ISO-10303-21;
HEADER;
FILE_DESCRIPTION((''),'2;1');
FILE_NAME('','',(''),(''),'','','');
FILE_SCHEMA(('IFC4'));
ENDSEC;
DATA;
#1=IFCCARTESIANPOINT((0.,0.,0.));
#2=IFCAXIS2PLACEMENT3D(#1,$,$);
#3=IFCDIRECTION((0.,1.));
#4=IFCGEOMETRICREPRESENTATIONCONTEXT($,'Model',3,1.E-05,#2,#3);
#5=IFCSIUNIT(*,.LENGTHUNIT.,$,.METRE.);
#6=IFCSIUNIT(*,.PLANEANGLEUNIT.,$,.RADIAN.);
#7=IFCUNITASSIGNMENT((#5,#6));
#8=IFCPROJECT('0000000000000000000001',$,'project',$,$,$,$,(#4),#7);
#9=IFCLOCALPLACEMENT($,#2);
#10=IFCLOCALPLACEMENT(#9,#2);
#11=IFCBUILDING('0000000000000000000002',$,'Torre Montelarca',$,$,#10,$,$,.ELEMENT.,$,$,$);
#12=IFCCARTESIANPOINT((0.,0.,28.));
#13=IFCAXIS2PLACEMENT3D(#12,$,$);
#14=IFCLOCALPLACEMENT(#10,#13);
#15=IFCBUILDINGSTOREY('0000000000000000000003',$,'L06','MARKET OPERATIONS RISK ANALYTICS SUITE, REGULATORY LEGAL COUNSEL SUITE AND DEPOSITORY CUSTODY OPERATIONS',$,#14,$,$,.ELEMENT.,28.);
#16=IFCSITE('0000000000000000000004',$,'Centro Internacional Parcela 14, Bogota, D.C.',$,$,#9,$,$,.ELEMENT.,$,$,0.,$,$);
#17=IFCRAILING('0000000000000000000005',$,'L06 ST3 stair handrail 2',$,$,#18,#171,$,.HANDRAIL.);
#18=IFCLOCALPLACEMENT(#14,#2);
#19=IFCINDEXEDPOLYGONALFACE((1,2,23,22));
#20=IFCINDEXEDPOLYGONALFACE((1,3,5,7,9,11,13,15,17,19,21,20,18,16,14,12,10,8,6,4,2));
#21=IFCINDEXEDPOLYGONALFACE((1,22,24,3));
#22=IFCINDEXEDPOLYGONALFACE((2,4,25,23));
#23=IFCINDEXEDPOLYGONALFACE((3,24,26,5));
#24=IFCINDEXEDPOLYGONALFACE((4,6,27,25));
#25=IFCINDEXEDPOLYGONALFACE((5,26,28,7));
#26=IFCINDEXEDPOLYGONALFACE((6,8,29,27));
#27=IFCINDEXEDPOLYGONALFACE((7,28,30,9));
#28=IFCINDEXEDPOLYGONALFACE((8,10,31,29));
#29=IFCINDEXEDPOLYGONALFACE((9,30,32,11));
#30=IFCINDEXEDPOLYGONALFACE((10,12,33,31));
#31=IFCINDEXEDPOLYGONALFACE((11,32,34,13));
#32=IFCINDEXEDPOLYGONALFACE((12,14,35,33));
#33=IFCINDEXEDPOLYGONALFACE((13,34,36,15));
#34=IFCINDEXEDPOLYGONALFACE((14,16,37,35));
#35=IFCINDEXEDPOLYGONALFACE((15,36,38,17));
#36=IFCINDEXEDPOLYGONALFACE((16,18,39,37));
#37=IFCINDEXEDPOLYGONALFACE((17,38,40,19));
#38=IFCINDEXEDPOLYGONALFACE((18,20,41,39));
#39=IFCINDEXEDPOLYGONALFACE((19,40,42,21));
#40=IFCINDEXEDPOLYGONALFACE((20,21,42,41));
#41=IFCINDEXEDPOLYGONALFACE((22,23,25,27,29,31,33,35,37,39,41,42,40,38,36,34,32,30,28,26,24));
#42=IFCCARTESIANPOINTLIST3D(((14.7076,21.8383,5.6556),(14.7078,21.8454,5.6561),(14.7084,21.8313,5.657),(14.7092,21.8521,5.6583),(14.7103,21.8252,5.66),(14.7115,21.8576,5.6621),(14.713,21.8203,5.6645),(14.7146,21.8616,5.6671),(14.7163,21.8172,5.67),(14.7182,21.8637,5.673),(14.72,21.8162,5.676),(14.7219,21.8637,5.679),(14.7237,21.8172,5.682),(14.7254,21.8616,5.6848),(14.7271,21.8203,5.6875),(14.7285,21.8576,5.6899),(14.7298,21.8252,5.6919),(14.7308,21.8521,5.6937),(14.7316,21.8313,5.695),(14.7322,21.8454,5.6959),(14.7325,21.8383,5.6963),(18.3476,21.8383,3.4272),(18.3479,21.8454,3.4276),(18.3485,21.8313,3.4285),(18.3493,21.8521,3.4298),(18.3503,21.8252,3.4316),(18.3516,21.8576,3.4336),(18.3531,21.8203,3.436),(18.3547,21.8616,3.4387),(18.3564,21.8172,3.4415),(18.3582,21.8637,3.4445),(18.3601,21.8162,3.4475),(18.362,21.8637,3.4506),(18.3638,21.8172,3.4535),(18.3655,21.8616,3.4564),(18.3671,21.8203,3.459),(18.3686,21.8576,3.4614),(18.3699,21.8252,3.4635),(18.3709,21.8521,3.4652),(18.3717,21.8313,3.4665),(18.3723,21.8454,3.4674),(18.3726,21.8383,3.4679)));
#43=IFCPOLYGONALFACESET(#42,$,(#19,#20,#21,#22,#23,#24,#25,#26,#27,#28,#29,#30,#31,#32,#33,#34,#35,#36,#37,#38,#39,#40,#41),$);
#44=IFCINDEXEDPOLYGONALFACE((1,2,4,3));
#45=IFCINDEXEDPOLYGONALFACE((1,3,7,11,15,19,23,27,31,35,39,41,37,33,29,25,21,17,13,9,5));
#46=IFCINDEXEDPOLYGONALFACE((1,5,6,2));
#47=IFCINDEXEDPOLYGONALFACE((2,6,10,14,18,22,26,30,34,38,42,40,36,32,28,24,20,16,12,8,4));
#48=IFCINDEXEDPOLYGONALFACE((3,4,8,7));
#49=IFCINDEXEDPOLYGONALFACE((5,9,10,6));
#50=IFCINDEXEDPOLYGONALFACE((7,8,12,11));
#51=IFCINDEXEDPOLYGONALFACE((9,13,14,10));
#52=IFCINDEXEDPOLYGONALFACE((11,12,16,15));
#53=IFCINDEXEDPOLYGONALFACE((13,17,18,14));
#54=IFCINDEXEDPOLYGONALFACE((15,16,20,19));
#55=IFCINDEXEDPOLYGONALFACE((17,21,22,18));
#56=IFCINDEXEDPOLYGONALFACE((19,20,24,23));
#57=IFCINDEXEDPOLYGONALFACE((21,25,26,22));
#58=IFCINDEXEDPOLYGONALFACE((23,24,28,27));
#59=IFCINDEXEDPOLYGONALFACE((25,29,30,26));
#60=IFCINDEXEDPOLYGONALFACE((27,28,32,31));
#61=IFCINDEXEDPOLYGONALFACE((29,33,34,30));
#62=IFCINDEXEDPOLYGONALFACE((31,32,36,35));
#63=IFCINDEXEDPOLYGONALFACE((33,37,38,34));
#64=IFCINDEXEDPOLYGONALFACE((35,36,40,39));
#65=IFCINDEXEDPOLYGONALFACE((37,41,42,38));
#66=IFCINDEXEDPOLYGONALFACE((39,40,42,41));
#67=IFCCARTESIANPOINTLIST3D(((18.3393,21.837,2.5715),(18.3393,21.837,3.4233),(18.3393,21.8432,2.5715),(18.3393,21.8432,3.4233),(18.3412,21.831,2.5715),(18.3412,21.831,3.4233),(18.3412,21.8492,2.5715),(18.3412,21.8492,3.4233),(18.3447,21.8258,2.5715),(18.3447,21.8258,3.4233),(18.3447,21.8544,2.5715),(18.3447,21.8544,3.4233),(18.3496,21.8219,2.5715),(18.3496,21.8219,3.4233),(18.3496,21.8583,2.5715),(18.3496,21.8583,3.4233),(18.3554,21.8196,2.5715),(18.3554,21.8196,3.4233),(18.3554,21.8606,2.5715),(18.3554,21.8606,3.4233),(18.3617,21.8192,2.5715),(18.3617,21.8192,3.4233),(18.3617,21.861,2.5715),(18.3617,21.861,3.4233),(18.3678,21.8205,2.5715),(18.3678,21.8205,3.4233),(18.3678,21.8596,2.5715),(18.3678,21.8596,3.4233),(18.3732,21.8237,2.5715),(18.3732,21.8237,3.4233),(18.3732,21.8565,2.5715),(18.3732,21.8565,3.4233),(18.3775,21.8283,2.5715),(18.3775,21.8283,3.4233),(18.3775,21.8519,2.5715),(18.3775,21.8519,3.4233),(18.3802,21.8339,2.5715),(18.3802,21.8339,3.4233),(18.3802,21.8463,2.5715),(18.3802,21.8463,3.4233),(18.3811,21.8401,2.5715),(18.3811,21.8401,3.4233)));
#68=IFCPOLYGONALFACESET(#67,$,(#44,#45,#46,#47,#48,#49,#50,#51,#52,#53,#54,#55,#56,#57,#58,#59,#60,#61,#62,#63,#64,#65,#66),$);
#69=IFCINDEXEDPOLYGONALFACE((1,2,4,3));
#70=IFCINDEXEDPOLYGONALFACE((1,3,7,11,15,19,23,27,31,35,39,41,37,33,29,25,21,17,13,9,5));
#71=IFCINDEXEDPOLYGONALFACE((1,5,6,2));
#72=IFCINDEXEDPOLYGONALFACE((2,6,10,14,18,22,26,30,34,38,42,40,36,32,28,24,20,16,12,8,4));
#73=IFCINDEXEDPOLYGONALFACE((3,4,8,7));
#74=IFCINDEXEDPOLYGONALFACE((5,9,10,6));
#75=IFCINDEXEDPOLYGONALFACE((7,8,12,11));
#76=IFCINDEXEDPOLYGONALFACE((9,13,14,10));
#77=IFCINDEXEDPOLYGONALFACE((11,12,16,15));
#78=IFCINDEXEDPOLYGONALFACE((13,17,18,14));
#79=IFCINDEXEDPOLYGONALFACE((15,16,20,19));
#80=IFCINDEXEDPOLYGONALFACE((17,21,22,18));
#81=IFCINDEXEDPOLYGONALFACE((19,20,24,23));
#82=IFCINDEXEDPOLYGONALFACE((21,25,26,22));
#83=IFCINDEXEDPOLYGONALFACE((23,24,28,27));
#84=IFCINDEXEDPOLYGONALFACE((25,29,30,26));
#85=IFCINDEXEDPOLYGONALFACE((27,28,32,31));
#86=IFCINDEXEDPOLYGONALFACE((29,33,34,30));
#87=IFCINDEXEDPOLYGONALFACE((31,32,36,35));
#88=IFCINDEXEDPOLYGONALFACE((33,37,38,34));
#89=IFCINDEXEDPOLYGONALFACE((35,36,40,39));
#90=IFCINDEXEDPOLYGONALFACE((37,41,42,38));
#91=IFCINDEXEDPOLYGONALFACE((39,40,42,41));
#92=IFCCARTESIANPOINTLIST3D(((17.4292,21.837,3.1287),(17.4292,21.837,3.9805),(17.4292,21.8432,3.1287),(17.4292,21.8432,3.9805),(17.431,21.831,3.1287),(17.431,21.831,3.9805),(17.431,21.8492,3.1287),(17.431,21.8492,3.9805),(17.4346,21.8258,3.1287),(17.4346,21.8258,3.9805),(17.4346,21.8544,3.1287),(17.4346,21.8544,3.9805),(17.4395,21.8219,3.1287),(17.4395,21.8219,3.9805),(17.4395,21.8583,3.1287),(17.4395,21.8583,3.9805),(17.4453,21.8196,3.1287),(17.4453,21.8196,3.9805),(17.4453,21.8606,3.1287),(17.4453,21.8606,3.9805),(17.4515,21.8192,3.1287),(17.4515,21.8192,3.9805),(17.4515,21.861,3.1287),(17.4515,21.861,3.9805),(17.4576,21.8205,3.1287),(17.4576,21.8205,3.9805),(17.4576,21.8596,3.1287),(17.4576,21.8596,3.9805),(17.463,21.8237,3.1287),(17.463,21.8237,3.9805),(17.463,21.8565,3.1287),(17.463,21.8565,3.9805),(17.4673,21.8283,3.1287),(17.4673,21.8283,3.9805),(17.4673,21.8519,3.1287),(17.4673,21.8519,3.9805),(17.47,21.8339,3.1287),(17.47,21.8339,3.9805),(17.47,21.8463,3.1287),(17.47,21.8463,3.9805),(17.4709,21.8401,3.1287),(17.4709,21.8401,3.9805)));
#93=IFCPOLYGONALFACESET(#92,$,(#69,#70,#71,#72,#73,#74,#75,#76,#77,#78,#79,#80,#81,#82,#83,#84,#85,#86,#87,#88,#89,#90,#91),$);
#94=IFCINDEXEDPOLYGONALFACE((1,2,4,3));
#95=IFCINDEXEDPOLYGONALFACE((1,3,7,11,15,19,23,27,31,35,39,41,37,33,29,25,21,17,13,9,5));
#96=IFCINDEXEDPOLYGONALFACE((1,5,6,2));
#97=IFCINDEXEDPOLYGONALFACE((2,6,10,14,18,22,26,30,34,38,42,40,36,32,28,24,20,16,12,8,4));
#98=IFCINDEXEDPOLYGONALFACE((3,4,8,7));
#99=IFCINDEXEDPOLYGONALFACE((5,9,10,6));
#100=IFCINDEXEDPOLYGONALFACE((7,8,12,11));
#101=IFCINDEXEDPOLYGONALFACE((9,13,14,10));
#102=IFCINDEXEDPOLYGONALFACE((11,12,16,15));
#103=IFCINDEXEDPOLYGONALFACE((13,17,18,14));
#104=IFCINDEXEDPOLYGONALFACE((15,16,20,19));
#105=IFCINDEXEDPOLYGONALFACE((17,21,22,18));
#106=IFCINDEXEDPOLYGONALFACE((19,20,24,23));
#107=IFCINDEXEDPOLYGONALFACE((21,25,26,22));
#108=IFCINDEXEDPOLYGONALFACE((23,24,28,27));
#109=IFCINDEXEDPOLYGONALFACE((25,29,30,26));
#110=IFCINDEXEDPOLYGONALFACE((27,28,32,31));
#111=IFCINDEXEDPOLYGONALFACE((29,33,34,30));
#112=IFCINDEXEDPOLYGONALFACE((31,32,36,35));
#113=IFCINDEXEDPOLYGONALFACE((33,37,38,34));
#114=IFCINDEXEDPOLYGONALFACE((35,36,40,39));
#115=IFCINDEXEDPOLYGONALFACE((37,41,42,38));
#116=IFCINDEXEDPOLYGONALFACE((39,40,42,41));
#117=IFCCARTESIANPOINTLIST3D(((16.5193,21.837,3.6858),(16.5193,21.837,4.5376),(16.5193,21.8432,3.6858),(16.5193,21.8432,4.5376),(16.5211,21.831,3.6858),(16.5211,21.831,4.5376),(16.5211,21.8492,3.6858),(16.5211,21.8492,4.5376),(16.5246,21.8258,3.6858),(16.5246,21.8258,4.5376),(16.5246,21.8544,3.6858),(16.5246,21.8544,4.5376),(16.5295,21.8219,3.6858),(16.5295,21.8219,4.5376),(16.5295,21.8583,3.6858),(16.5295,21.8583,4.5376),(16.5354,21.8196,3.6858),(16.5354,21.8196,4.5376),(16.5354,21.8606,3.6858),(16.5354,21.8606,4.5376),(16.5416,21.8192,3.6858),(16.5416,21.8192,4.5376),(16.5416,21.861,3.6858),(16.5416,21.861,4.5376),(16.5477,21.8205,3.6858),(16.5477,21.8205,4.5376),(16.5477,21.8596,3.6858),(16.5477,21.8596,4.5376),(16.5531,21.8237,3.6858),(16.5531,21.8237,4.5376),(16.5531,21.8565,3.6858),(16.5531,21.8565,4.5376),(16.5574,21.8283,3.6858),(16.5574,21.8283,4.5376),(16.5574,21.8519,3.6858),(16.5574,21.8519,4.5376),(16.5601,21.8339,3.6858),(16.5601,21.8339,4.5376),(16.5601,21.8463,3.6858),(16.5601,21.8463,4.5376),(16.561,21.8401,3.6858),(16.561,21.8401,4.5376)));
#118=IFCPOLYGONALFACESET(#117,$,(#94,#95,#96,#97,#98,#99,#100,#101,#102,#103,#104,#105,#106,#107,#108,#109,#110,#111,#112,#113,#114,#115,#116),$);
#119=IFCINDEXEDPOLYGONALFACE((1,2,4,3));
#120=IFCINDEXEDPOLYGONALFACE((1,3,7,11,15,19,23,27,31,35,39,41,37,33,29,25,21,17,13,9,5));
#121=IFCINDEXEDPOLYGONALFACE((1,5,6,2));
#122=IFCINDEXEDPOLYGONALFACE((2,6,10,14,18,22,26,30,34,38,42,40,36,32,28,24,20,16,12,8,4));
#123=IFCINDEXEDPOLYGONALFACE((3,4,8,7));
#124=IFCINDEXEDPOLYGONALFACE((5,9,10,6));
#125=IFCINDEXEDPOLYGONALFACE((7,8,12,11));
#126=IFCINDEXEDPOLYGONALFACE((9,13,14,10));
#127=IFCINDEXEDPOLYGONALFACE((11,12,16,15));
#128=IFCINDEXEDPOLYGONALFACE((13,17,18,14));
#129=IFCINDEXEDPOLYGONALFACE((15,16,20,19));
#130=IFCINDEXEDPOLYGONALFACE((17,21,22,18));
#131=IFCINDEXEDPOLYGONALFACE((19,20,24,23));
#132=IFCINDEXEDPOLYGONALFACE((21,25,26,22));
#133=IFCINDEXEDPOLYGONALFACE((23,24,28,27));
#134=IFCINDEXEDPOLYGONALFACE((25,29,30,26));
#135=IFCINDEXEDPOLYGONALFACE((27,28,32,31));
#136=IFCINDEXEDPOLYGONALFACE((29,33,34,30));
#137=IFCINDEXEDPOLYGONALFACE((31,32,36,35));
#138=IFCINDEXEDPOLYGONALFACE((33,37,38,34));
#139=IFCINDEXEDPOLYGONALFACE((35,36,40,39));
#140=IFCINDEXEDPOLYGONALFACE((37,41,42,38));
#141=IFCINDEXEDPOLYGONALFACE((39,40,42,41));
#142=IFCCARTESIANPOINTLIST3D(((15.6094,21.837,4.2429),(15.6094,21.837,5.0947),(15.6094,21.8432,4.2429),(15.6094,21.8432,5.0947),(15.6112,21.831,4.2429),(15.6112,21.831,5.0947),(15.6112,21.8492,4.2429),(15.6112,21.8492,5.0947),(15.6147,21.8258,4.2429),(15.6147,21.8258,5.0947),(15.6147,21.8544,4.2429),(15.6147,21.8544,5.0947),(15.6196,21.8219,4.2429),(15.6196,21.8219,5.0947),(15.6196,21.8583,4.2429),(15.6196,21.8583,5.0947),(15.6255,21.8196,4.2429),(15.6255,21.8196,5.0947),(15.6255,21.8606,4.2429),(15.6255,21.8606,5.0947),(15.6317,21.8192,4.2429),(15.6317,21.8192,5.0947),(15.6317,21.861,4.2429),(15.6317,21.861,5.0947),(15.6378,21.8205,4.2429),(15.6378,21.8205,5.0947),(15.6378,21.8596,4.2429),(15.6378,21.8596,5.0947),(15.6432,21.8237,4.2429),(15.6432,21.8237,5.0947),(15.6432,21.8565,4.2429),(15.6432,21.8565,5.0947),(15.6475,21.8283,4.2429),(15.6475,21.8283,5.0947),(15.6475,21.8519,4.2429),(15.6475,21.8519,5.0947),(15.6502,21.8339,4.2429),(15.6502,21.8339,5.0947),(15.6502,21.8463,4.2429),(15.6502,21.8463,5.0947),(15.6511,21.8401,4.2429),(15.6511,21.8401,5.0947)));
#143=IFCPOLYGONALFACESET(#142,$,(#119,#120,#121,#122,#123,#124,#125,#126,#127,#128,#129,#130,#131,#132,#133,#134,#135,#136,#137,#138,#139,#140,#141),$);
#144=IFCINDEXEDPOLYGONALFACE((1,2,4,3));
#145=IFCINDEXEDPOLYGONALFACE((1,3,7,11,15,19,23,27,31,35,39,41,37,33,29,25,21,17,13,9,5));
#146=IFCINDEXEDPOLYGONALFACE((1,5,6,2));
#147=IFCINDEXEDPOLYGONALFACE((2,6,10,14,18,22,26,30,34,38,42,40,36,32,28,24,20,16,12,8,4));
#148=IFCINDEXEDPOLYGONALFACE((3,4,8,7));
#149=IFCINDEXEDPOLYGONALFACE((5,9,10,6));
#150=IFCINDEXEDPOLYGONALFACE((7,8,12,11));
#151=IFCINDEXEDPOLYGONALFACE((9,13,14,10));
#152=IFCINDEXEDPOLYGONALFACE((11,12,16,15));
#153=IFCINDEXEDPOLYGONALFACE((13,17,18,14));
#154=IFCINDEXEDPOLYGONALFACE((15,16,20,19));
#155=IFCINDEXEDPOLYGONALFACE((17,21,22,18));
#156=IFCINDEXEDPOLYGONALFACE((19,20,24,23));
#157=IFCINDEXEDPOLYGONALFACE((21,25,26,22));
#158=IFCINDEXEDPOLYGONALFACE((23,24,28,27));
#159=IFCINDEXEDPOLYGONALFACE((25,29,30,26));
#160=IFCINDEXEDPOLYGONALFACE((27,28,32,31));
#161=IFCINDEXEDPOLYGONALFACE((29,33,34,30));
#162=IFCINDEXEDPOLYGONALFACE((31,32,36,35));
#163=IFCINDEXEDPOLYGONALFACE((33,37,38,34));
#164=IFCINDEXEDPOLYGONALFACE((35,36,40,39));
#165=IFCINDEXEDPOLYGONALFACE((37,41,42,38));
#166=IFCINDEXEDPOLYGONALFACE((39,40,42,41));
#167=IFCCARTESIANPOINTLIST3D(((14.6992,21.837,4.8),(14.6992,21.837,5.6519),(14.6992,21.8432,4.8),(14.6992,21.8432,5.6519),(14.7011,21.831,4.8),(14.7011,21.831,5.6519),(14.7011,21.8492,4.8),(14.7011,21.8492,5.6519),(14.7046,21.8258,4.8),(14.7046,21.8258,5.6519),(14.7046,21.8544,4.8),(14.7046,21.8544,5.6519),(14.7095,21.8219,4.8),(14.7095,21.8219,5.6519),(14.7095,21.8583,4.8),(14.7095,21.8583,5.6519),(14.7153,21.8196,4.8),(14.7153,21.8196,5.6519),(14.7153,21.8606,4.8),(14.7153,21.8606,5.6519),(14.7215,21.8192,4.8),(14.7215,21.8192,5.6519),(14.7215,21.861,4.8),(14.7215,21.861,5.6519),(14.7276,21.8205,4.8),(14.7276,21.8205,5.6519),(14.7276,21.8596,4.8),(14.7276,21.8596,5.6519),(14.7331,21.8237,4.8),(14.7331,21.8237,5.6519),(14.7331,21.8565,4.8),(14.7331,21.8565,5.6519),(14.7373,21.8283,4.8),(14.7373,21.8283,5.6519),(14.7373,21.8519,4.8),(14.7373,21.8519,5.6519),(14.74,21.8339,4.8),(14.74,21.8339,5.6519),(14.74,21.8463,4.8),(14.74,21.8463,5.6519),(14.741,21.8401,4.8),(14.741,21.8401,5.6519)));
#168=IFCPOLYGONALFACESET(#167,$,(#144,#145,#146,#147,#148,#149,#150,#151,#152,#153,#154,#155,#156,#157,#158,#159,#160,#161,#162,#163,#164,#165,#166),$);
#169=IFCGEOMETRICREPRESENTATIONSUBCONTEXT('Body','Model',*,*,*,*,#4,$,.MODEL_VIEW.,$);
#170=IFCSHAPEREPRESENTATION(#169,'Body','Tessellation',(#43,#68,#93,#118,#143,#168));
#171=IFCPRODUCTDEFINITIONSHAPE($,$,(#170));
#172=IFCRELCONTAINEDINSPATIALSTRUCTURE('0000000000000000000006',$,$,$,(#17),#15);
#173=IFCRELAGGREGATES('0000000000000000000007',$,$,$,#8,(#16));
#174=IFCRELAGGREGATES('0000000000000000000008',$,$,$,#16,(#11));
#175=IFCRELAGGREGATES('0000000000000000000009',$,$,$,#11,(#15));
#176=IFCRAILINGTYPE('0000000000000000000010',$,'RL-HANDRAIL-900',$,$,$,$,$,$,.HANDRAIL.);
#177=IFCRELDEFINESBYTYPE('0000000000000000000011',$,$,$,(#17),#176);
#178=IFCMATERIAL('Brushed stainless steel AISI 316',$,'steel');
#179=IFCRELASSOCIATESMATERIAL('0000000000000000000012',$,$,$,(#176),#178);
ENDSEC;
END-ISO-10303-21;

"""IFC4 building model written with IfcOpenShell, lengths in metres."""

from ifc_helpers import new_model, si_unit, direction, frame, origin, origin_2d, place, context, subcontext, project, spatial, circle, extrude, material, type_object, element, save


model = new_model("IFC4")

# Units and contexts
model_context = context("Model", 3, precision=1e-05, world=origin(), true_north=direction((0.0, 1.0)))
body_context = subcontext(model_context, "Body", "Model", "MODEL_VIEW")
ifc_project = project(units=[si_unit("LENGTHUNIT", "METRE"), si_unit("PLANEANGLEUNIT", "RADIAN")], contexts=[model_context])

# Site, building, storey
site_placement = place(None, origin())
site = spatial("IfcSite", under=ifc_project, at=site_placement, Name="Centro Internacional Parcela 14, Bogota, D.C.", CompositionType="ELEMENT", RefElevation=0.0)
building_placement = place(site_placement, origin())
building = spatial("IfcBuilding", under=site, at=building_placement, Name="Torre Montelarca", CompositionType="ELEMENT")
storey_placement = place(building_placement, frame((0.0, 0.0, 28.0)))
storey = spatial("IfcBuildingStorey", under=building, at=storey_placement, Name="L06", Description="MARKET OPERATIONS RISK ANALYTICS SUITE, REGULATORY LEGAL COUNSEL SUITE AND DEPOSITORY CUSTODY OPERATIONS", CompositionType="ELEMENT", Elevation=28.0)

# Railing
ifc_material_1 = material(Name="Brushed stainless steel AISI 316", Category="steel")
railing_type_1 = type_object("IfcRailingType", Name="RL-HANDRAIL-900", PredefinedType="HANDRAIL", material=ifc_material_1)
railing_1_placement = place(storey_placement, frame((18.3601, 21.8401, 2.5715)))
element("IfcRailing", 1, at=railing_1_placement, inside=storey, type_object=railing_type_1, Name="L06 ST3 stair handrail 2", PredefinedType="HANDRAIL", context=body_context, shape_type="SweptSolid", body=[
    extrude(circle(Radius=0.0239, at=origin_2d()), frame((0.0, 0.0, 0.876), z_axis=(-0.852866, 0.0, 0.52213), x_axis=(0.0, -1.0, 0.0)), (0.0, 0.0, 1.0), 4.2681),
    extrude(circle(Radius=0.021, at=origin_2d()), origin(), (0.0, 0.0, 1.0), 0.8518),
    extrude(circle(Radius=0.021, at=origin_2d()), frame((-0.9102, 0.0, 0.5571)), (0.0, 0.0, 1.0), 0.8518),
    extrude(circle(Radius=0.021, at=origin_2d()), frame((-1.8201, 0.0, 1.1143)), (0.0, 0.0, 1.0), 0.8518),
    extrude(circle(Radius=0.021, at=origin_2d()), frame((-2.73, 0.0, 1.6714)), (0.0, 0.0, 1.0), 0.8518),
    extrude(circle(Radius=0.021, at=origin_2d()), frame((-3.6401, 0.0, 2.2285)), (0.0, 0.0, 1.0), 0.8518),
])

save(model, "model.ifc")
